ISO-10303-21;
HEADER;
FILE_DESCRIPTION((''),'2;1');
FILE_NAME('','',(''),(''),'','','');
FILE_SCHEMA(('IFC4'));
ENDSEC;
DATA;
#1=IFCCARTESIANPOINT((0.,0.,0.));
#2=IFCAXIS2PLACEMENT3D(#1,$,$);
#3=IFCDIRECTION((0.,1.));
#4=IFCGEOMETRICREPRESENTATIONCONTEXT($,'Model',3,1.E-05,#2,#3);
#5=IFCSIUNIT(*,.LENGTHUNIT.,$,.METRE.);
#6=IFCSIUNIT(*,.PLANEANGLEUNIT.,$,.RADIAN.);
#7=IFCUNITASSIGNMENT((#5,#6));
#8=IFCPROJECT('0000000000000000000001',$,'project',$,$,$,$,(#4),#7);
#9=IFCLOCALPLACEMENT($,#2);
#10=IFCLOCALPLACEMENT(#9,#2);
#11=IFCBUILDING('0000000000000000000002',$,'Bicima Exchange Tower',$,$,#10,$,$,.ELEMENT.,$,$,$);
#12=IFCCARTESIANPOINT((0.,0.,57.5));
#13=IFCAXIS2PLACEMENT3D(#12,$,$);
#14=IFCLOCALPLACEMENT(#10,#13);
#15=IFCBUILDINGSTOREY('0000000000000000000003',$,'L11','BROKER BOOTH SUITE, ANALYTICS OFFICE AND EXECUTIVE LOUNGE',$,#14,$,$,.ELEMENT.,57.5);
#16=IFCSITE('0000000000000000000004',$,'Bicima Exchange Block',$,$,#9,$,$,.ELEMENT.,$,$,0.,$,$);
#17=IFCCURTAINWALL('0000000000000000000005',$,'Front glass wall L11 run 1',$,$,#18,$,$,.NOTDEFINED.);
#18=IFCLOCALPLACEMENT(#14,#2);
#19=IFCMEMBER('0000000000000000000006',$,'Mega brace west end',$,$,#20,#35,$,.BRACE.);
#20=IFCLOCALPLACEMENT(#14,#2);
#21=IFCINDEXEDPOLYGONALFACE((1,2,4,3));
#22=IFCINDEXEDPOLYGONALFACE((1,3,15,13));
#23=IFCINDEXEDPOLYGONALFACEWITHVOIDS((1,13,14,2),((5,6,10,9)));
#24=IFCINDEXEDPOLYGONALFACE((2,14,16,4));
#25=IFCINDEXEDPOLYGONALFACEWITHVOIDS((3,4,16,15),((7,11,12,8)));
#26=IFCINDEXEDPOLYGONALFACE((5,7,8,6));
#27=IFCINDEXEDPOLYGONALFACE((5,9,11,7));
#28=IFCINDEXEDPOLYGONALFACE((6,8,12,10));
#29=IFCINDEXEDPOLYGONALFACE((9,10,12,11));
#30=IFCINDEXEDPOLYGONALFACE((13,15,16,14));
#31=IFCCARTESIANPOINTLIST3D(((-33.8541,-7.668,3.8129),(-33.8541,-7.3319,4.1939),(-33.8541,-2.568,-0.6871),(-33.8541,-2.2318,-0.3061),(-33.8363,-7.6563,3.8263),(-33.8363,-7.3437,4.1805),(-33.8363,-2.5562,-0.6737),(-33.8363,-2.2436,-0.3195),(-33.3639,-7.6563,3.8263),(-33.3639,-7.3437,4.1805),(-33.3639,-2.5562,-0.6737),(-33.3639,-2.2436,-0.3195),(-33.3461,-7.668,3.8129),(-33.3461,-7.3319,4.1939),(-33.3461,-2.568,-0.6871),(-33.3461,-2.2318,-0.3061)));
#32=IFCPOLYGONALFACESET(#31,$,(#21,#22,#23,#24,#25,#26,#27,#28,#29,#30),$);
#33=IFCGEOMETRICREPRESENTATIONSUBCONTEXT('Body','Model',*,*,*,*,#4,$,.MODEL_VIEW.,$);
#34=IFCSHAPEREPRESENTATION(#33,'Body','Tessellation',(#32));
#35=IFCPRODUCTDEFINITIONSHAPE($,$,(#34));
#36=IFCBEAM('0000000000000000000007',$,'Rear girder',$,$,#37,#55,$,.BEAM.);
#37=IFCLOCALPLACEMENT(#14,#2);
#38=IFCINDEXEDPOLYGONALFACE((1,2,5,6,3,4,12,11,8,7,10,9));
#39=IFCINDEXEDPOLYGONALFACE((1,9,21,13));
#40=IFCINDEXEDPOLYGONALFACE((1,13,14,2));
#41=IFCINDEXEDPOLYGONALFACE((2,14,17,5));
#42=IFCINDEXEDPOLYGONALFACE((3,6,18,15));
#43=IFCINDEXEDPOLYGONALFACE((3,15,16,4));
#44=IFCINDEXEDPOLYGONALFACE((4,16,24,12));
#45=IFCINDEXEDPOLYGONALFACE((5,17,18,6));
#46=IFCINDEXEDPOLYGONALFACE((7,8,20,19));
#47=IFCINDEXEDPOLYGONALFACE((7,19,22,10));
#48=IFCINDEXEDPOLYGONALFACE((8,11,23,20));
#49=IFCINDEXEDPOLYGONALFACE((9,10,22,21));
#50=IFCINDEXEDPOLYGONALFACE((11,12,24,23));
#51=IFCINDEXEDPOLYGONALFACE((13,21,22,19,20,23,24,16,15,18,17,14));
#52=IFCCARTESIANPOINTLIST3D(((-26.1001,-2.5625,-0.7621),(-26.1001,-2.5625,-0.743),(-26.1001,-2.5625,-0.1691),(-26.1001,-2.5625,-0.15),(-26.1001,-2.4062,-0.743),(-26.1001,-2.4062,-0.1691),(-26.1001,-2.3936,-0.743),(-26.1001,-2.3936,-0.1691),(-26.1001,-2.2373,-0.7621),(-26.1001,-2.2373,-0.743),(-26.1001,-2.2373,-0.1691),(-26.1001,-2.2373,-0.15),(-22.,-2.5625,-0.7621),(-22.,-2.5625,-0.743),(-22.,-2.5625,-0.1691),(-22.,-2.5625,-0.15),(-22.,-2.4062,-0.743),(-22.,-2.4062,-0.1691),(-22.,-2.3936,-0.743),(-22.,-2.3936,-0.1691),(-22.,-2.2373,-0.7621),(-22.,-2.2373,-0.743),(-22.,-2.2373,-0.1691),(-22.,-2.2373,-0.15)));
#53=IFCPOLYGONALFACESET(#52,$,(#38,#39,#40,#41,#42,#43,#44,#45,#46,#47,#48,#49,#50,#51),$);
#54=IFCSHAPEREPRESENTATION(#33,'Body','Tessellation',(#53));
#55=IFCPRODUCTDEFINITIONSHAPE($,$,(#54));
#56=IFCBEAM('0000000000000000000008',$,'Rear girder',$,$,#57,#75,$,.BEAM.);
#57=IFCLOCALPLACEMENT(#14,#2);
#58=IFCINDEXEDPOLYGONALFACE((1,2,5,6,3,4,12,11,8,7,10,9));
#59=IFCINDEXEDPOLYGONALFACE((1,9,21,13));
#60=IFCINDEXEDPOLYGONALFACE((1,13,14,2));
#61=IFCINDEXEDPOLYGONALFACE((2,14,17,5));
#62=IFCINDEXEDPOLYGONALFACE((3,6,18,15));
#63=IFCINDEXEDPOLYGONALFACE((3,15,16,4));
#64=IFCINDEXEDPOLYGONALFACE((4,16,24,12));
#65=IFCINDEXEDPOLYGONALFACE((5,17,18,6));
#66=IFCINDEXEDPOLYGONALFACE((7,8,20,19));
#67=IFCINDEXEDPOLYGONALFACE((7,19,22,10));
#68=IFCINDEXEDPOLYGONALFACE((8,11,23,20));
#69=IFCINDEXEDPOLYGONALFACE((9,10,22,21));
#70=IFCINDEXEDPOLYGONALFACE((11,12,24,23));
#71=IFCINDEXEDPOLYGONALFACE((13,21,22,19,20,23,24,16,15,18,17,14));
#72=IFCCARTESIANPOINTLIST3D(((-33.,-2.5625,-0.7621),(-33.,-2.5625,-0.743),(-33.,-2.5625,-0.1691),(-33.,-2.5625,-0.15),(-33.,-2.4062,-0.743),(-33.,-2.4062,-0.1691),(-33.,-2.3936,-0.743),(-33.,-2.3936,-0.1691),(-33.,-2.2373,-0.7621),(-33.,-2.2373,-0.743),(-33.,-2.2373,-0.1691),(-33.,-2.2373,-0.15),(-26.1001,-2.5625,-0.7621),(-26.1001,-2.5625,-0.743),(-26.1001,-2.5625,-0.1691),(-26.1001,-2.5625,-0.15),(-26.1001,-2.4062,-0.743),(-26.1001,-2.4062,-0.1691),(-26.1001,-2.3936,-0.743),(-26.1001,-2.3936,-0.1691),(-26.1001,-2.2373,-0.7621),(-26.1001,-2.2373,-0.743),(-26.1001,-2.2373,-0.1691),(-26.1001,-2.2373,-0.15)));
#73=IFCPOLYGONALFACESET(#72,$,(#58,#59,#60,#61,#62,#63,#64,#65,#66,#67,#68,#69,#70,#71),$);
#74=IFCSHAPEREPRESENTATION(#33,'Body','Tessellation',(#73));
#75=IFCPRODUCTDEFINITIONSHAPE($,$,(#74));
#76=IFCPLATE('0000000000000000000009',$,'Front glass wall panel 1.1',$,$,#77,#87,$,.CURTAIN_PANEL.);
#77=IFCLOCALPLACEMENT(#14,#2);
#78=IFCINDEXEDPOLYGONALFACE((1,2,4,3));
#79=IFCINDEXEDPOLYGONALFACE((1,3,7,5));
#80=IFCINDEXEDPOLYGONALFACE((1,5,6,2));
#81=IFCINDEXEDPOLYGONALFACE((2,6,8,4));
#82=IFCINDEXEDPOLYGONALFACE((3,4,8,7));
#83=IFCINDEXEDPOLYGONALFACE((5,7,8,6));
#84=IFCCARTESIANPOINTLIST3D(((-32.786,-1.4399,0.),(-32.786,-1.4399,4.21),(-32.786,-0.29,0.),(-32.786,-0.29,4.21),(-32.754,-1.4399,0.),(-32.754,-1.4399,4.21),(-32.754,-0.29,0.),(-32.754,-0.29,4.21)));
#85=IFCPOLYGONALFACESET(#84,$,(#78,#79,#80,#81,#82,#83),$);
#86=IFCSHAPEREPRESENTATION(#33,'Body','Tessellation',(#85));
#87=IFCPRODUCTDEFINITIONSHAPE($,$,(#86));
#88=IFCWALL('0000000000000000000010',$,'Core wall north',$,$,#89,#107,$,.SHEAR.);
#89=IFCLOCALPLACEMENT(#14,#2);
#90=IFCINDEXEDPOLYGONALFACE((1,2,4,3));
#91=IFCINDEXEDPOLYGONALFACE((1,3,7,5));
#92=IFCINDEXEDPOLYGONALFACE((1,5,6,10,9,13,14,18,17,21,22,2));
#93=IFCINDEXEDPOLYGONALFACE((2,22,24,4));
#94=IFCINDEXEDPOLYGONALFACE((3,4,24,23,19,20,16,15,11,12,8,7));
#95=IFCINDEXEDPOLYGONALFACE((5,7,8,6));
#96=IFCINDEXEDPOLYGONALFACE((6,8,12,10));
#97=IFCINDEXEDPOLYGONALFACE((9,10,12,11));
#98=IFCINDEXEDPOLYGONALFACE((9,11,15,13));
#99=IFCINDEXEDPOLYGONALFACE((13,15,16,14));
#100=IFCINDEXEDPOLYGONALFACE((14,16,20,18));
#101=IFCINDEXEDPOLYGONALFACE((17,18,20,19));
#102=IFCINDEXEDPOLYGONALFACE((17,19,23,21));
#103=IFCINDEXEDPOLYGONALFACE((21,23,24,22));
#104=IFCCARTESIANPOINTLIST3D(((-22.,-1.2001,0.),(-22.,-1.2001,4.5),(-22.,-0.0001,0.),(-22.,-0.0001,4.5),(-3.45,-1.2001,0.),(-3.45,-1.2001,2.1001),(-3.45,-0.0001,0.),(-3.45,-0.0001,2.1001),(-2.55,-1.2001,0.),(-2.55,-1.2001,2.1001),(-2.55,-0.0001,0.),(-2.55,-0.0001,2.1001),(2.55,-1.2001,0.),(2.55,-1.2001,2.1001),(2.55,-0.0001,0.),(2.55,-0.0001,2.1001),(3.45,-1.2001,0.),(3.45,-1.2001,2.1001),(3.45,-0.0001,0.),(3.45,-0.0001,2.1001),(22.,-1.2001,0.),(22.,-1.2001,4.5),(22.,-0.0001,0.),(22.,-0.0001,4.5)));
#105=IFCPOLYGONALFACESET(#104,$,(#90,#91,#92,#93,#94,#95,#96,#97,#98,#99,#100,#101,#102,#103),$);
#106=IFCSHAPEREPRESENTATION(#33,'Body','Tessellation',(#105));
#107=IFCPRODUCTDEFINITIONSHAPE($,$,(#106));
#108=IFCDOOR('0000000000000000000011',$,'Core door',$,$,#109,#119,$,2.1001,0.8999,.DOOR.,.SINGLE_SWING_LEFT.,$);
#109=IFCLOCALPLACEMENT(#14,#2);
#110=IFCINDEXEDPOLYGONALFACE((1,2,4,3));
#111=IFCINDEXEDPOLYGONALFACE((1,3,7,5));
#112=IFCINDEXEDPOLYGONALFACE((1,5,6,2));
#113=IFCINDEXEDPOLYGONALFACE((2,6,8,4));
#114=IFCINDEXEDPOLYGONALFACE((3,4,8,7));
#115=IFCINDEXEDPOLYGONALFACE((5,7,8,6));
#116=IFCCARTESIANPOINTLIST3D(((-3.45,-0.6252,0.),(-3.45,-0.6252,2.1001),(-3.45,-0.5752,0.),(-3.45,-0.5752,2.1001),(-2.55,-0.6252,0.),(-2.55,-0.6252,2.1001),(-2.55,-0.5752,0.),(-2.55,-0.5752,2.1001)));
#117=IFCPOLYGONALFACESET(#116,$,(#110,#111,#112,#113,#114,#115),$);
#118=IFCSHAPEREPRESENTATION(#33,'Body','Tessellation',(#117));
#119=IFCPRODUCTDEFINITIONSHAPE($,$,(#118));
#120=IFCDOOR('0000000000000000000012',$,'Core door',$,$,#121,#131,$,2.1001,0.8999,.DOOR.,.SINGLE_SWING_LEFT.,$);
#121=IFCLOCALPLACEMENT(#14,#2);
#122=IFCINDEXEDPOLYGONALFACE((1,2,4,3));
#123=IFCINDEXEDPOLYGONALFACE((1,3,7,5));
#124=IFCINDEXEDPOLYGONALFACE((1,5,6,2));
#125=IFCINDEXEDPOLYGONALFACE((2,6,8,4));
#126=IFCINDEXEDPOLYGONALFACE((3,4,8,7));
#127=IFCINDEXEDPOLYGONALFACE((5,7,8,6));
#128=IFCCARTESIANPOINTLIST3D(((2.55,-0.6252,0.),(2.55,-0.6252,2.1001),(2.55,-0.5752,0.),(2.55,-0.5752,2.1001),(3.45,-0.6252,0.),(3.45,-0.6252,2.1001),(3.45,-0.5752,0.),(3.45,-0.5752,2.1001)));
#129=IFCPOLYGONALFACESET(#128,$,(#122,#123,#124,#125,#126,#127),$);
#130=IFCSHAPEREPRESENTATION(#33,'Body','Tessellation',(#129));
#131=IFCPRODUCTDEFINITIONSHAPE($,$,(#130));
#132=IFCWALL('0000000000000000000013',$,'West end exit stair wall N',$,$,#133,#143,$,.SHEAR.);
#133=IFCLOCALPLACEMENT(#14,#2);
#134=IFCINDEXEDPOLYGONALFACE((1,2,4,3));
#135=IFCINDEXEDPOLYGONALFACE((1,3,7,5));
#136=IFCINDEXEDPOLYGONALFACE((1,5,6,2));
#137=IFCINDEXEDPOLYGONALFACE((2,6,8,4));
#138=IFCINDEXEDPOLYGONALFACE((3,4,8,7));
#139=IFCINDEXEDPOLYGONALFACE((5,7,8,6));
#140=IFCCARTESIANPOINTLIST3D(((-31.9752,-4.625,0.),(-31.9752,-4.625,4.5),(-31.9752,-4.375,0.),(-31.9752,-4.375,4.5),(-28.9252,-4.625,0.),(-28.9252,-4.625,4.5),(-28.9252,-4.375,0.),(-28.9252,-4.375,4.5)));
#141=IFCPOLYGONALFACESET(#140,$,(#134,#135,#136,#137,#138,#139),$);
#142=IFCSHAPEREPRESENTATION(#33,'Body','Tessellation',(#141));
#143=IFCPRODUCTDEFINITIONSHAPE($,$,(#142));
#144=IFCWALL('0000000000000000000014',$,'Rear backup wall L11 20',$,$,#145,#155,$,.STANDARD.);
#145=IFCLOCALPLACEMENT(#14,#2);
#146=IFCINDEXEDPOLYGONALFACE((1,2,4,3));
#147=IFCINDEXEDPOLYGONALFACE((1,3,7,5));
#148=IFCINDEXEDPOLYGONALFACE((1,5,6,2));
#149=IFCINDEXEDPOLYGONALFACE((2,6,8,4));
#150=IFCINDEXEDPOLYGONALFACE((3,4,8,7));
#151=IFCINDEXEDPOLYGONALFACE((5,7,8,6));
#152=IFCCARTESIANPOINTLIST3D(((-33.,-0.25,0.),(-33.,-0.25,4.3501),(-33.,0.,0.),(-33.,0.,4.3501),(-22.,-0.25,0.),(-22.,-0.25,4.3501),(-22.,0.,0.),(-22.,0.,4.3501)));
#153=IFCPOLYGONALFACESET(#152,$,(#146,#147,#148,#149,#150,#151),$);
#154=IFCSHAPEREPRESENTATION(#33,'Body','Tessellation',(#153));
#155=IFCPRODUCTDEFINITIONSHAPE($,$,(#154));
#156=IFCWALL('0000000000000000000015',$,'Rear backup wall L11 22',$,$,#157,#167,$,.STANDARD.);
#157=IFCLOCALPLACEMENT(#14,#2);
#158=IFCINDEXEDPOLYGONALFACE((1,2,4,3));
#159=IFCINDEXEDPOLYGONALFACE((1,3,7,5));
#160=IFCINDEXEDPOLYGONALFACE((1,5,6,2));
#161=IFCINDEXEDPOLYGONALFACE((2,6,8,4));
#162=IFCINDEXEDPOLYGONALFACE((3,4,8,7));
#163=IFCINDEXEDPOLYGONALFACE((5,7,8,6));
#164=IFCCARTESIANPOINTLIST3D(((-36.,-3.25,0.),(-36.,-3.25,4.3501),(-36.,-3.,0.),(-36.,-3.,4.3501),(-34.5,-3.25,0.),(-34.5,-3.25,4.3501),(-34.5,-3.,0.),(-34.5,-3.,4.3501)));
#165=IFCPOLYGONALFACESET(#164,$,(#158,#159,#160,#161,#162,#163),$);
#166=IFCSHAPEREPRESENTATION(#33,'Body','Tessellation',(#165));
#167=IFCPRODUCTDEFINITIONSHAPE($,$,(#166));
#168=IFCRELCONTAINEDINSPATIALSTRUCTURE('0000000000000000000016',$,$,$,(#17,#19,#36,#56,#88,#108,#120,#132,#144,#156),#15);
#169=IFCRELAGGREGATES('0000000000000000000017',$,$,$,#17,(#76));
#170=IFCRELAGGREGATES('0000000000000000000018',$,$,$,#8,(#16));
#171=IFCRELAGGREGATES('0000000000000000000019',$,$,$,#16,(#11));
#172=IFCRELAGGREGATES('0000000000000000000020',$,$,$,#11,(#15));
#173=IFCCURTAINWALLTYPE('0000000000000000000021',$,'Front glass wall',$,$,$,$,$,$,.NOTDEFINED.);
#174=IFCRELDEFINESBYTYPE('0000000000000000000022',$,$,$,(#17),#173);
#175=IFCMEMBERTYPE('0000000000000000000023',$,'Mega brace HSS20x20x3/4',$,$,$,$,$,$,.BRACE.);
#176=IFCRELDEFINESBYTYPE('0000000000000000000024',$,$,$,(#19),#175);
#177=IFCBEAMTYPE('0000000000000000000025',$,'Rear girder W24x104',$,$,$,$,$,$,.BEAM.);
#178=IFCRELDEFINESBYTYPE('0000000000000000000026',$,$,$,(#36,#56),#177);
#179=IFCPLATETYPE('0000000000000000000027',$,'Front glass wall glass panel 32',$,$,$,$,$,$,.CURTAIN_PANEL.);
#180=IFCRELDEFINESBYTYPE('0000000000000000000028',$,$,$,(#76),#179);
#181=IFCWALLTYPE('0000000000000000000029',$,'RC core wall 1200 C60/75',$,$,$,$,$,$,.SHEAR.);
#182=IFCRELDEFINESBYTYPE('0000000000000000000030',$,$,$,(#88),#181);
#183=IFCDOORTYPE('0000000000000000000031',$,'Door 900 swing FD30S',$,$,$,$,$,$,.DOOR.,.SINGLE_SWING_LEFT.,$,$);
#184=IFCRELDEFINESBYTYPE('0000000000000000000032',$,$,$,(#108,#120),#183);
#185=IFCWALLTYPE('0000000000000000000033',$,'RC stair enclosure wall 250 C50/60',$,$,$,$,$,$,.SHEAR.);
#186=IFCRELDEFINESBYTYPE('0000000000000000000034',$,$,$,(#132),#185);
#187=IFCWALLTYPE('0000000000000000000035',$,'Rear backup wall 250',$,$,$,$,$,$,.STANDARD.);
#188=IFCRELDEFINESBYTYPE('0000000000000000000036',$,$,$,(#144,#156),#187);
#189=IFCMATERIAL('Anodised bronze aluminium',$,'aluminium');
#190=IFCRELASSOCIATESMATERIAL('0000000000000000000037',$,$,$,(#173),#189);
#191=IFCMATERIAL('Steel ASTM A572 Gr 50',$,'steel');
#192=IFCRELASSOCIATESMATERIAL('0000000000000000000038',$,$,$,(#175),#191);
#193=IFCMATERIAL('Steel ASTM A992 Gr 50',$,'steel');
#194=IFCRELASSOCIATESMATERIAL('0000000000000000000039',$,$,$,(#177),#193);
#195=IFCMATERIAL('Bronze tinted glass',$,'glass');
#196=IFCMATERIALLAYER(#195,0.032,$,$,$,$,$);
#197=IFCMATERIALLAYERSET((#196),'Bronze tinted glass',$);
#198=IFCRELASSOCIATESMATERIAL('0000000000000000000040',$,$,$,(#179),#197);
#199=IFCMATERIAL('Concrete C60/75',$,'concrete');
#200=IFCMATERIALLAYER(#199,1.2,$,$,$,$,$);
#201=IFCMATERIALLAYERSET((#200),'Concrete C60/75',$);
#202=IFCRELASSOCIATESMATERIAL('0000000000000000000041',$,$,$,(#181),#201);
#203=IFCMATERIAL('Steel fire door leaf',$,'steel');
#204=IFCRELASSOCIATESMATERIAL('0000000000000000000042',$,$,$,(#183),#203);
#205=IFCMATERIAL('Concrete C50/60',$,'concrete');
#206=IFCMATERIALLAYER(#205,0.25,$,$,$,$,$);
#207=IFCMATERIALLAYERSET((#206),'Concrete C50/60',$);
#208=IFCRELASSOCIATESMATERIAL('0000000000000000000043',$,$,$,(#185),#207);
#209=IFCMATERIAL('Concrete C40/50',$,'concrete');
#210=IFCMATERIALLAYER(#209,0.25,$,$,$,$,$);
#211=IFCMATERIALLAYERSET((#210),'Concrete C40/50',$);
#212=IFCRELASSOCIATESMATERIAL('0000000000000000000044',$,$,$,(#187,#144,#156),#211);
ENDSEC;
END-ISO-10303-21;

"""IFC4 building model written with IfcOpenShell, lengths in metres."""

from ifc_helpers import new_model, si_unit, direction, frame, frame_2d, origin, origin_2d, place, context, subcontext, project, spatial, rectangle, hollow_rectangle, i_section, extrude, material, layer, layer_set, layer_usage, material_profile, profile_set, type_object, element, fill, aggregate, save


model = new_model("IFC4")

# Units and contexts
model_context = context("Model", 3, precision=1e-05, world=origin(), true_north=direction((0.0, 1.0)))
body_context = subcontext(model_context, "Body", "Model", "MODEL_VIEW")
ifc_project = project(units=[si_unit("LENGTHUNIT", "METRE"), si_unit("PLANEANGLEUNIT", "RADIAN")], contexts=[model_context])

# Site, building, storey
site_placement = place(None, origin())
site = spatial("IfcSite", under=ifc_project, at=site_placement, Name="Bicima Exchange Block", CompositionType="ELEMENT", RefElevation=0.0)
building_placement = place(site_placement, origin())
building = spatial("IfcBuilding", under=site, at=building_placement, Name="Bicima Exchange Tower", CompositionType="ELEMENT")
storey_placement = place(building_placement, frame((0.0, 0.0, 57.5)))
storey = spatial("IfcBuildingStorey", under=building, at=storey_placement, Name="L11", Description="BROKER BOOTH SUITE, ANALYTICS OFFICE AND EXECUTIVE LOUNGE", CompositionType="ELEMENT", Elevation=57.5)

# Shared definitions
ifc_material_1 = material(Name="Steel ASTM A572 Gr 50", Category="steel")
ifc_material_2 = material(Name="Steel ASTM A992 Gr 50", Category="steel")

# Curtain wall
ifc_material_3 = material(Name="Anodised bronze aluminium", Category="aluminium")
curtain_wall_type = type_object("IfcCurtainWallType", Name="Front glass wall", PredefinedType="NOTDEFINED", material=ifc_material_3)
curtain_wall_placement = place(storey_placement, origin())
curtain_wall = element("IfcCurtainWall", 1, at=curtain_wall_placement, inside=storey, type_object=curtain_wall_type, Name="Front glass wall L11 run 1", PredefinedType="NOTDEFINED")

# Member
ifc_material_profile_1 = material_profile(ifc_material_1, hollow_rectangle(XDim=0.5081, YDim=0.5081, WallThickness=0.0178, at=origin_2d()))
ifc_profile_set_1 = profile_set([ifc_material_profile_1], Name="Steel ASTM A572 Gr 50")
member_type_1 = type_object("IfcMemberType", Name="Mega brace HSS20x20x3/4", PredefinedType="BRACE", material=ifc_profile_set_1)
member_1_placement = place(storey_placement, frame((-33.6001, -2.3999, -0.4966), z_axis=(0.0, -0.749844, 0.661615), x_axis=(1.0, 0.0, 0.0)))
element("IfcMember", 2, at=member_1_placement, inside=storey, type_object=member_type_1, Name="Mega brace west end", PredefinedType="BRACE", context=body_context, shape_type="SweptSolid", body=[
    extrude(hollow_rectangle(XDim=0.5081, YDim=0.5081, WallThickness=0.0178, at=origin_2d()), origin(), (0.0, 0.0, 1.0), 6.8015),
])

# Beams
ifc_material_profile_2 = material_profile(ifc_material_2, i_section(OverallWidth=0.3252, OverallDepth=0.6121, WebThickness=0.0127, FlangeThickness=0.019, at=origin_2d()))
ifc_profile_set_2 = profile_set([ifc_material_profile_2], Name="Steel ASTM A992 Gr 50")
beam_type_1 = type_object("IfcBeamType", Name="Rear girder W24x104", PredefinedType="BEAM", material=ifc_profile_set_2)
beam_1_placement = place(storey_placement, frame((-22.0, -2.3999, -0.4561), z_axis=(-1.0, 0.0, 0.0), x_axis=(0.0, -1.0, 0.0)))
element("IfcBeam", 3, at=beam_1_placement, inside=storey, type_object=beam_type_1, Name="Rear girder", PredefinedType="BEAM", context=body_context, shape_type="SweptSolid", body=[
    extrude(i_section(OverallWidth=0.3252, OverallDepth=0.6121, WebThickness=0.0127, FlangeThickness=0.019, at=origin_2d()), origin(), (0.0, 0.0, 1.0), 4.1001),
])
beam_2_placement = place(storey_placement, frame((-26.1001, -2.3999, -0.4561), z_axis=(-1.0, 0.0, 0.0), x_axis=(0.0, -1.0, 0.0)))
element("IfcBeam", 4, at=beam_2_placement, inside=storey, type_object=beam_type_1, Name="Rear girder", PredefinedType="BEAM", context=body_context, shape_type="SweptSolid", body=[
    extrude(i_section(OverallWidth=0.3252, OverallDepth=0.6121, WebThickness=0.0127, FlangeThickness=0.019, at=origin_2d()), origin(), (0.0, 0.0, 1.0), 6.8999),
])

# Plate
ifc_material_4 = material(Name="Bronze tinted glass", Category="glass")
ifc_layer_1 = layer(ifc_material_4, 0.032)
ifc_layer_set_1 = layer_set([ifc_layer_1], Name="Bronze tinted glass")
plate_type = type_object("IfcPlateType", Name="Front glass wall glass panel 32", PredefinedType="CURTAIN_PANEL", material=ifc_layer_set_1)
plate_placement = place(storey_placement, frame((-32.77, -0.865, 0.0), z_axis=(0.0, 0.0, 1.0), x_axis=(0.0, -1.0, 0.0)))
plate = element("IfcPlate", 5, at=plate_placement, type_object=plate_type, Name="Front glass wall panel 1.1", PredefinedType="CURTAIN_PANEL", context=body_context, shape_type="SweptSolid", body=[
    extrude(rectangle(XDim=1.1499, YDim=0.032, at=origin_2d()), origin(), (0.0, 0.0, 1.0), 4.21),
])
aggregate(curtain_wall, [plate])

# Wall, openings, doors
ifc_material_5 = material(Name="Concrete C60/75", Category="concrete")
ifc_layer_2 = layer(ifc_material_5, 1.2)
ifc_layer_set_2 = layer_set([ifc_layer_2], Name="Concrete C60/75")
wall_type_1 = type_object("IfcWallType", Name="RC core wall 1200 C60/75", PredefinedType="SHEAR", material=ifc_layer_set_2)
wall_1_placement = place(storey_placement, frame((-22.0, -0.6001, 0.0), z_axis=(0.0, 0.0, 1.0), x_axis=(1.0, 0.0, 0.0)))
wall_1 = element("IfcWall", 6, at=wall_1_placement, inside=storey, type_object=wall_type_1, Name="Core wall north", PredefinedType="SHEAR", context=body_context, shape_type="SweptSolid", body=[
    extrude(rectangle(XDim=44.0, YDim=1.2, at=frame_2d((22.0, 0.0))), origin(), (0.0, 0.0, 1.0), 4.5),
])
opening_1_placement = place(wall_1_placement, frame((18.55, 0.0, 0.0)))
opening_1 = element("IfcOpeningElement", 7, at=opening_1_placement, cuts=wall_1, PredefinedType="OPENING", context=body_context, shape_type="SweptSolid", body=[
    extrude(rectangle(XDim=0.8999, YDim=2.1001, at=frame_2d((0.45, 1.05))), frame((0.0, 0.6118, 0.0), z_axis=(0.0, -1.0, 0.0), x_axis=(1.0, 0.0, 0.0)), (0.0, 0.0, 1.0), 1.2239),
])
opening_2_placement = place(wall_1_placement, frame((24.55, 0.0, 0.0)))
opening_2 = element("IfcOpeningElement", 8, at=opening_2_placement, cuts=wall_1, PredefinedType="OPENING", context=body_context, shape_type="SweptSolid", body=[
    extrude(rectangle(XDim=0.8999, YDim=2.1001, at=frame_2d((0.45, 1.05))), frame((0.0, 0.6118, 0.0), z_axis=(0.0, -1.0, 0.0), x_axis=(1.0, 0.0, 0.0)), (0.0, 0.0, 1.0), 1.2239),
])
ifc_material_6 = material(Name="Steel fire door leaf", Category="steel")
door_type = type_object("IfcDoorType", Name="Door 900 swing FD30S", OperationType="SINGLE_SWING_LEFT", PredefinedType="DOOR", material=ifc_material_6)
door_1_placement = place(opening_1_placement, origin())
door_1 = element("IfcDoor", 9, at=door_1_placement, inside=storey, type_object=door_type, Name="Core door", OperationType="SINGLE_SWING_LEFT", OverallHeight=2.1001, OverallWidth=0.8999, PredefinedType="DOOR", context=body_context, shape_type="SweptSolid", body=[
    extrude(rectangle(XDim=0.8999, YDim=2.1001, at=frame_2d((0.45, 1.05))), frame((0.0, 0.0249, 0.0), z_axis=(0.0, -1.0, 0.0), x_axis=(1.0, 0.0, 0.0)), (0.0, 0.0, 1.0), 0.05),
])
fill(opening_1, door_1)
door_2_placement = place(opening_2_placement, origin())
door_2 = element("IfcDoor", 10, at=door_2_placement, inside=storey, type_object=door_type, Name="Core door", OperationType="SINGLE_SWING_LEFT", OverallHeight=2.1001, OverallWidth=0.8999, PredefinedType="DOOR", context=body_context, shape_type="SweptSolid", body=[
    extrude(rectangle(XDim=0.8999, YDim=2.1001, at=frame_2d((0.45, 1.05))), frame((0.0, 0.0249, 0.0), z_axis=(0.0, -1.0, 0.0), x_axis=(1.0, 0.0, 0.0)), (0.0, 0.0, 1.0), 0.05),
])
fill(opening_2, door_2)

# Walls
ifc_material_7 = material(Name="Concrete C50/60", Category="concrete")
ifc_layer_3 = layer(ifc_material_7, 0.25)
ifc_layer_set_3 = layer_set([ifc_layer_3], Name="Concrete C50/60")
wall_type_2 = type_object("IfcWallType", Name="RC stair enclosure wall 250 C50/60", PredefinedType="SHEAR", material=ifc_layer_set_3)
wall_2_placement = place(storey_placement, frame((-31.9751, -4.5, 0.0), z_axis=(0.0, 0.0, 1.0), x_axis=(1.0, 0.0, 0.0)))
element("IfcWall", 11, at=wall_2_placement, inside=storey, type_object=wall_type_2, Name="West end exit stair wall N", PredefinedType="SHEAR", context=body_context, shape_type="SweptSolid", body=[
    extrude(rectangle(XDim=3.05, YDim=0.25, at=frame_2d((1.5249, 0.0))), origin(), (0.0, 0.0, 1.0), 4.5),
])
ifc_material_8 = material(Name="Concrete C40/50", Category="concrete")
ifc_layer_4 = layer(ifc_material_8, 0.25)
ifc_layer_set_4 = layer_set([ifc_layer_4], Name="Concrete C40/50")
ifc_layer_usage = layer_usage(ifc_layer_set_4, "AXIS2", "POSITIVE", -0.125)
wall_type_3 = type_object("IfcWallType", Name="Rear backup wall 250", PredefinedType="STANDARD", material=ifc_layer_set_4)
wall_3_placement = place(storey_placement, frame((-22.0, -0.125, 0.0), z_axis=(0.0, 0.0, 1.0), x_axis=(-1.0, 0.0, 0.0)))
element("IfcWall", 12, at=wall_3_placement, inside=storey, type_object=wall_type_3, material=ifc_layer_usage, Name="Rear backup wall L11 20", PredefinedType="STANDARD", context=body_context, shape_type="SweptSolid", body=[
    extrude(rectangle(XDim=11.0, YDim=0.25, at=frame_2d((5.5, 0.0))), origin(), (0.0, 0.0, 1.0), 4.3501),
])
wall_4_placement = place(storey_placement, frame((-34.5, -3.125, 0.0), z_axis=(0.0, 0.0, 1.0), x_axis=(-1.0, 0.0, 0.0)))
element("IfcWall", 13, at=wall_4_placement, inside=storey, type_object=wall_type_3, material=ifc_layer_usage, Name="Rear backup wall L11 22", PredefinedType="STANDARD", context=body_context, shape_type="SweptSolid", body=[
    extrude(rectangle(XDim=1.5, YDim=0.25, at=frame_2d((0.75, 0.0))), origin(), (0.0, 0.0, 1.0), 4.3501),
])

save(model, "model.ifc")
